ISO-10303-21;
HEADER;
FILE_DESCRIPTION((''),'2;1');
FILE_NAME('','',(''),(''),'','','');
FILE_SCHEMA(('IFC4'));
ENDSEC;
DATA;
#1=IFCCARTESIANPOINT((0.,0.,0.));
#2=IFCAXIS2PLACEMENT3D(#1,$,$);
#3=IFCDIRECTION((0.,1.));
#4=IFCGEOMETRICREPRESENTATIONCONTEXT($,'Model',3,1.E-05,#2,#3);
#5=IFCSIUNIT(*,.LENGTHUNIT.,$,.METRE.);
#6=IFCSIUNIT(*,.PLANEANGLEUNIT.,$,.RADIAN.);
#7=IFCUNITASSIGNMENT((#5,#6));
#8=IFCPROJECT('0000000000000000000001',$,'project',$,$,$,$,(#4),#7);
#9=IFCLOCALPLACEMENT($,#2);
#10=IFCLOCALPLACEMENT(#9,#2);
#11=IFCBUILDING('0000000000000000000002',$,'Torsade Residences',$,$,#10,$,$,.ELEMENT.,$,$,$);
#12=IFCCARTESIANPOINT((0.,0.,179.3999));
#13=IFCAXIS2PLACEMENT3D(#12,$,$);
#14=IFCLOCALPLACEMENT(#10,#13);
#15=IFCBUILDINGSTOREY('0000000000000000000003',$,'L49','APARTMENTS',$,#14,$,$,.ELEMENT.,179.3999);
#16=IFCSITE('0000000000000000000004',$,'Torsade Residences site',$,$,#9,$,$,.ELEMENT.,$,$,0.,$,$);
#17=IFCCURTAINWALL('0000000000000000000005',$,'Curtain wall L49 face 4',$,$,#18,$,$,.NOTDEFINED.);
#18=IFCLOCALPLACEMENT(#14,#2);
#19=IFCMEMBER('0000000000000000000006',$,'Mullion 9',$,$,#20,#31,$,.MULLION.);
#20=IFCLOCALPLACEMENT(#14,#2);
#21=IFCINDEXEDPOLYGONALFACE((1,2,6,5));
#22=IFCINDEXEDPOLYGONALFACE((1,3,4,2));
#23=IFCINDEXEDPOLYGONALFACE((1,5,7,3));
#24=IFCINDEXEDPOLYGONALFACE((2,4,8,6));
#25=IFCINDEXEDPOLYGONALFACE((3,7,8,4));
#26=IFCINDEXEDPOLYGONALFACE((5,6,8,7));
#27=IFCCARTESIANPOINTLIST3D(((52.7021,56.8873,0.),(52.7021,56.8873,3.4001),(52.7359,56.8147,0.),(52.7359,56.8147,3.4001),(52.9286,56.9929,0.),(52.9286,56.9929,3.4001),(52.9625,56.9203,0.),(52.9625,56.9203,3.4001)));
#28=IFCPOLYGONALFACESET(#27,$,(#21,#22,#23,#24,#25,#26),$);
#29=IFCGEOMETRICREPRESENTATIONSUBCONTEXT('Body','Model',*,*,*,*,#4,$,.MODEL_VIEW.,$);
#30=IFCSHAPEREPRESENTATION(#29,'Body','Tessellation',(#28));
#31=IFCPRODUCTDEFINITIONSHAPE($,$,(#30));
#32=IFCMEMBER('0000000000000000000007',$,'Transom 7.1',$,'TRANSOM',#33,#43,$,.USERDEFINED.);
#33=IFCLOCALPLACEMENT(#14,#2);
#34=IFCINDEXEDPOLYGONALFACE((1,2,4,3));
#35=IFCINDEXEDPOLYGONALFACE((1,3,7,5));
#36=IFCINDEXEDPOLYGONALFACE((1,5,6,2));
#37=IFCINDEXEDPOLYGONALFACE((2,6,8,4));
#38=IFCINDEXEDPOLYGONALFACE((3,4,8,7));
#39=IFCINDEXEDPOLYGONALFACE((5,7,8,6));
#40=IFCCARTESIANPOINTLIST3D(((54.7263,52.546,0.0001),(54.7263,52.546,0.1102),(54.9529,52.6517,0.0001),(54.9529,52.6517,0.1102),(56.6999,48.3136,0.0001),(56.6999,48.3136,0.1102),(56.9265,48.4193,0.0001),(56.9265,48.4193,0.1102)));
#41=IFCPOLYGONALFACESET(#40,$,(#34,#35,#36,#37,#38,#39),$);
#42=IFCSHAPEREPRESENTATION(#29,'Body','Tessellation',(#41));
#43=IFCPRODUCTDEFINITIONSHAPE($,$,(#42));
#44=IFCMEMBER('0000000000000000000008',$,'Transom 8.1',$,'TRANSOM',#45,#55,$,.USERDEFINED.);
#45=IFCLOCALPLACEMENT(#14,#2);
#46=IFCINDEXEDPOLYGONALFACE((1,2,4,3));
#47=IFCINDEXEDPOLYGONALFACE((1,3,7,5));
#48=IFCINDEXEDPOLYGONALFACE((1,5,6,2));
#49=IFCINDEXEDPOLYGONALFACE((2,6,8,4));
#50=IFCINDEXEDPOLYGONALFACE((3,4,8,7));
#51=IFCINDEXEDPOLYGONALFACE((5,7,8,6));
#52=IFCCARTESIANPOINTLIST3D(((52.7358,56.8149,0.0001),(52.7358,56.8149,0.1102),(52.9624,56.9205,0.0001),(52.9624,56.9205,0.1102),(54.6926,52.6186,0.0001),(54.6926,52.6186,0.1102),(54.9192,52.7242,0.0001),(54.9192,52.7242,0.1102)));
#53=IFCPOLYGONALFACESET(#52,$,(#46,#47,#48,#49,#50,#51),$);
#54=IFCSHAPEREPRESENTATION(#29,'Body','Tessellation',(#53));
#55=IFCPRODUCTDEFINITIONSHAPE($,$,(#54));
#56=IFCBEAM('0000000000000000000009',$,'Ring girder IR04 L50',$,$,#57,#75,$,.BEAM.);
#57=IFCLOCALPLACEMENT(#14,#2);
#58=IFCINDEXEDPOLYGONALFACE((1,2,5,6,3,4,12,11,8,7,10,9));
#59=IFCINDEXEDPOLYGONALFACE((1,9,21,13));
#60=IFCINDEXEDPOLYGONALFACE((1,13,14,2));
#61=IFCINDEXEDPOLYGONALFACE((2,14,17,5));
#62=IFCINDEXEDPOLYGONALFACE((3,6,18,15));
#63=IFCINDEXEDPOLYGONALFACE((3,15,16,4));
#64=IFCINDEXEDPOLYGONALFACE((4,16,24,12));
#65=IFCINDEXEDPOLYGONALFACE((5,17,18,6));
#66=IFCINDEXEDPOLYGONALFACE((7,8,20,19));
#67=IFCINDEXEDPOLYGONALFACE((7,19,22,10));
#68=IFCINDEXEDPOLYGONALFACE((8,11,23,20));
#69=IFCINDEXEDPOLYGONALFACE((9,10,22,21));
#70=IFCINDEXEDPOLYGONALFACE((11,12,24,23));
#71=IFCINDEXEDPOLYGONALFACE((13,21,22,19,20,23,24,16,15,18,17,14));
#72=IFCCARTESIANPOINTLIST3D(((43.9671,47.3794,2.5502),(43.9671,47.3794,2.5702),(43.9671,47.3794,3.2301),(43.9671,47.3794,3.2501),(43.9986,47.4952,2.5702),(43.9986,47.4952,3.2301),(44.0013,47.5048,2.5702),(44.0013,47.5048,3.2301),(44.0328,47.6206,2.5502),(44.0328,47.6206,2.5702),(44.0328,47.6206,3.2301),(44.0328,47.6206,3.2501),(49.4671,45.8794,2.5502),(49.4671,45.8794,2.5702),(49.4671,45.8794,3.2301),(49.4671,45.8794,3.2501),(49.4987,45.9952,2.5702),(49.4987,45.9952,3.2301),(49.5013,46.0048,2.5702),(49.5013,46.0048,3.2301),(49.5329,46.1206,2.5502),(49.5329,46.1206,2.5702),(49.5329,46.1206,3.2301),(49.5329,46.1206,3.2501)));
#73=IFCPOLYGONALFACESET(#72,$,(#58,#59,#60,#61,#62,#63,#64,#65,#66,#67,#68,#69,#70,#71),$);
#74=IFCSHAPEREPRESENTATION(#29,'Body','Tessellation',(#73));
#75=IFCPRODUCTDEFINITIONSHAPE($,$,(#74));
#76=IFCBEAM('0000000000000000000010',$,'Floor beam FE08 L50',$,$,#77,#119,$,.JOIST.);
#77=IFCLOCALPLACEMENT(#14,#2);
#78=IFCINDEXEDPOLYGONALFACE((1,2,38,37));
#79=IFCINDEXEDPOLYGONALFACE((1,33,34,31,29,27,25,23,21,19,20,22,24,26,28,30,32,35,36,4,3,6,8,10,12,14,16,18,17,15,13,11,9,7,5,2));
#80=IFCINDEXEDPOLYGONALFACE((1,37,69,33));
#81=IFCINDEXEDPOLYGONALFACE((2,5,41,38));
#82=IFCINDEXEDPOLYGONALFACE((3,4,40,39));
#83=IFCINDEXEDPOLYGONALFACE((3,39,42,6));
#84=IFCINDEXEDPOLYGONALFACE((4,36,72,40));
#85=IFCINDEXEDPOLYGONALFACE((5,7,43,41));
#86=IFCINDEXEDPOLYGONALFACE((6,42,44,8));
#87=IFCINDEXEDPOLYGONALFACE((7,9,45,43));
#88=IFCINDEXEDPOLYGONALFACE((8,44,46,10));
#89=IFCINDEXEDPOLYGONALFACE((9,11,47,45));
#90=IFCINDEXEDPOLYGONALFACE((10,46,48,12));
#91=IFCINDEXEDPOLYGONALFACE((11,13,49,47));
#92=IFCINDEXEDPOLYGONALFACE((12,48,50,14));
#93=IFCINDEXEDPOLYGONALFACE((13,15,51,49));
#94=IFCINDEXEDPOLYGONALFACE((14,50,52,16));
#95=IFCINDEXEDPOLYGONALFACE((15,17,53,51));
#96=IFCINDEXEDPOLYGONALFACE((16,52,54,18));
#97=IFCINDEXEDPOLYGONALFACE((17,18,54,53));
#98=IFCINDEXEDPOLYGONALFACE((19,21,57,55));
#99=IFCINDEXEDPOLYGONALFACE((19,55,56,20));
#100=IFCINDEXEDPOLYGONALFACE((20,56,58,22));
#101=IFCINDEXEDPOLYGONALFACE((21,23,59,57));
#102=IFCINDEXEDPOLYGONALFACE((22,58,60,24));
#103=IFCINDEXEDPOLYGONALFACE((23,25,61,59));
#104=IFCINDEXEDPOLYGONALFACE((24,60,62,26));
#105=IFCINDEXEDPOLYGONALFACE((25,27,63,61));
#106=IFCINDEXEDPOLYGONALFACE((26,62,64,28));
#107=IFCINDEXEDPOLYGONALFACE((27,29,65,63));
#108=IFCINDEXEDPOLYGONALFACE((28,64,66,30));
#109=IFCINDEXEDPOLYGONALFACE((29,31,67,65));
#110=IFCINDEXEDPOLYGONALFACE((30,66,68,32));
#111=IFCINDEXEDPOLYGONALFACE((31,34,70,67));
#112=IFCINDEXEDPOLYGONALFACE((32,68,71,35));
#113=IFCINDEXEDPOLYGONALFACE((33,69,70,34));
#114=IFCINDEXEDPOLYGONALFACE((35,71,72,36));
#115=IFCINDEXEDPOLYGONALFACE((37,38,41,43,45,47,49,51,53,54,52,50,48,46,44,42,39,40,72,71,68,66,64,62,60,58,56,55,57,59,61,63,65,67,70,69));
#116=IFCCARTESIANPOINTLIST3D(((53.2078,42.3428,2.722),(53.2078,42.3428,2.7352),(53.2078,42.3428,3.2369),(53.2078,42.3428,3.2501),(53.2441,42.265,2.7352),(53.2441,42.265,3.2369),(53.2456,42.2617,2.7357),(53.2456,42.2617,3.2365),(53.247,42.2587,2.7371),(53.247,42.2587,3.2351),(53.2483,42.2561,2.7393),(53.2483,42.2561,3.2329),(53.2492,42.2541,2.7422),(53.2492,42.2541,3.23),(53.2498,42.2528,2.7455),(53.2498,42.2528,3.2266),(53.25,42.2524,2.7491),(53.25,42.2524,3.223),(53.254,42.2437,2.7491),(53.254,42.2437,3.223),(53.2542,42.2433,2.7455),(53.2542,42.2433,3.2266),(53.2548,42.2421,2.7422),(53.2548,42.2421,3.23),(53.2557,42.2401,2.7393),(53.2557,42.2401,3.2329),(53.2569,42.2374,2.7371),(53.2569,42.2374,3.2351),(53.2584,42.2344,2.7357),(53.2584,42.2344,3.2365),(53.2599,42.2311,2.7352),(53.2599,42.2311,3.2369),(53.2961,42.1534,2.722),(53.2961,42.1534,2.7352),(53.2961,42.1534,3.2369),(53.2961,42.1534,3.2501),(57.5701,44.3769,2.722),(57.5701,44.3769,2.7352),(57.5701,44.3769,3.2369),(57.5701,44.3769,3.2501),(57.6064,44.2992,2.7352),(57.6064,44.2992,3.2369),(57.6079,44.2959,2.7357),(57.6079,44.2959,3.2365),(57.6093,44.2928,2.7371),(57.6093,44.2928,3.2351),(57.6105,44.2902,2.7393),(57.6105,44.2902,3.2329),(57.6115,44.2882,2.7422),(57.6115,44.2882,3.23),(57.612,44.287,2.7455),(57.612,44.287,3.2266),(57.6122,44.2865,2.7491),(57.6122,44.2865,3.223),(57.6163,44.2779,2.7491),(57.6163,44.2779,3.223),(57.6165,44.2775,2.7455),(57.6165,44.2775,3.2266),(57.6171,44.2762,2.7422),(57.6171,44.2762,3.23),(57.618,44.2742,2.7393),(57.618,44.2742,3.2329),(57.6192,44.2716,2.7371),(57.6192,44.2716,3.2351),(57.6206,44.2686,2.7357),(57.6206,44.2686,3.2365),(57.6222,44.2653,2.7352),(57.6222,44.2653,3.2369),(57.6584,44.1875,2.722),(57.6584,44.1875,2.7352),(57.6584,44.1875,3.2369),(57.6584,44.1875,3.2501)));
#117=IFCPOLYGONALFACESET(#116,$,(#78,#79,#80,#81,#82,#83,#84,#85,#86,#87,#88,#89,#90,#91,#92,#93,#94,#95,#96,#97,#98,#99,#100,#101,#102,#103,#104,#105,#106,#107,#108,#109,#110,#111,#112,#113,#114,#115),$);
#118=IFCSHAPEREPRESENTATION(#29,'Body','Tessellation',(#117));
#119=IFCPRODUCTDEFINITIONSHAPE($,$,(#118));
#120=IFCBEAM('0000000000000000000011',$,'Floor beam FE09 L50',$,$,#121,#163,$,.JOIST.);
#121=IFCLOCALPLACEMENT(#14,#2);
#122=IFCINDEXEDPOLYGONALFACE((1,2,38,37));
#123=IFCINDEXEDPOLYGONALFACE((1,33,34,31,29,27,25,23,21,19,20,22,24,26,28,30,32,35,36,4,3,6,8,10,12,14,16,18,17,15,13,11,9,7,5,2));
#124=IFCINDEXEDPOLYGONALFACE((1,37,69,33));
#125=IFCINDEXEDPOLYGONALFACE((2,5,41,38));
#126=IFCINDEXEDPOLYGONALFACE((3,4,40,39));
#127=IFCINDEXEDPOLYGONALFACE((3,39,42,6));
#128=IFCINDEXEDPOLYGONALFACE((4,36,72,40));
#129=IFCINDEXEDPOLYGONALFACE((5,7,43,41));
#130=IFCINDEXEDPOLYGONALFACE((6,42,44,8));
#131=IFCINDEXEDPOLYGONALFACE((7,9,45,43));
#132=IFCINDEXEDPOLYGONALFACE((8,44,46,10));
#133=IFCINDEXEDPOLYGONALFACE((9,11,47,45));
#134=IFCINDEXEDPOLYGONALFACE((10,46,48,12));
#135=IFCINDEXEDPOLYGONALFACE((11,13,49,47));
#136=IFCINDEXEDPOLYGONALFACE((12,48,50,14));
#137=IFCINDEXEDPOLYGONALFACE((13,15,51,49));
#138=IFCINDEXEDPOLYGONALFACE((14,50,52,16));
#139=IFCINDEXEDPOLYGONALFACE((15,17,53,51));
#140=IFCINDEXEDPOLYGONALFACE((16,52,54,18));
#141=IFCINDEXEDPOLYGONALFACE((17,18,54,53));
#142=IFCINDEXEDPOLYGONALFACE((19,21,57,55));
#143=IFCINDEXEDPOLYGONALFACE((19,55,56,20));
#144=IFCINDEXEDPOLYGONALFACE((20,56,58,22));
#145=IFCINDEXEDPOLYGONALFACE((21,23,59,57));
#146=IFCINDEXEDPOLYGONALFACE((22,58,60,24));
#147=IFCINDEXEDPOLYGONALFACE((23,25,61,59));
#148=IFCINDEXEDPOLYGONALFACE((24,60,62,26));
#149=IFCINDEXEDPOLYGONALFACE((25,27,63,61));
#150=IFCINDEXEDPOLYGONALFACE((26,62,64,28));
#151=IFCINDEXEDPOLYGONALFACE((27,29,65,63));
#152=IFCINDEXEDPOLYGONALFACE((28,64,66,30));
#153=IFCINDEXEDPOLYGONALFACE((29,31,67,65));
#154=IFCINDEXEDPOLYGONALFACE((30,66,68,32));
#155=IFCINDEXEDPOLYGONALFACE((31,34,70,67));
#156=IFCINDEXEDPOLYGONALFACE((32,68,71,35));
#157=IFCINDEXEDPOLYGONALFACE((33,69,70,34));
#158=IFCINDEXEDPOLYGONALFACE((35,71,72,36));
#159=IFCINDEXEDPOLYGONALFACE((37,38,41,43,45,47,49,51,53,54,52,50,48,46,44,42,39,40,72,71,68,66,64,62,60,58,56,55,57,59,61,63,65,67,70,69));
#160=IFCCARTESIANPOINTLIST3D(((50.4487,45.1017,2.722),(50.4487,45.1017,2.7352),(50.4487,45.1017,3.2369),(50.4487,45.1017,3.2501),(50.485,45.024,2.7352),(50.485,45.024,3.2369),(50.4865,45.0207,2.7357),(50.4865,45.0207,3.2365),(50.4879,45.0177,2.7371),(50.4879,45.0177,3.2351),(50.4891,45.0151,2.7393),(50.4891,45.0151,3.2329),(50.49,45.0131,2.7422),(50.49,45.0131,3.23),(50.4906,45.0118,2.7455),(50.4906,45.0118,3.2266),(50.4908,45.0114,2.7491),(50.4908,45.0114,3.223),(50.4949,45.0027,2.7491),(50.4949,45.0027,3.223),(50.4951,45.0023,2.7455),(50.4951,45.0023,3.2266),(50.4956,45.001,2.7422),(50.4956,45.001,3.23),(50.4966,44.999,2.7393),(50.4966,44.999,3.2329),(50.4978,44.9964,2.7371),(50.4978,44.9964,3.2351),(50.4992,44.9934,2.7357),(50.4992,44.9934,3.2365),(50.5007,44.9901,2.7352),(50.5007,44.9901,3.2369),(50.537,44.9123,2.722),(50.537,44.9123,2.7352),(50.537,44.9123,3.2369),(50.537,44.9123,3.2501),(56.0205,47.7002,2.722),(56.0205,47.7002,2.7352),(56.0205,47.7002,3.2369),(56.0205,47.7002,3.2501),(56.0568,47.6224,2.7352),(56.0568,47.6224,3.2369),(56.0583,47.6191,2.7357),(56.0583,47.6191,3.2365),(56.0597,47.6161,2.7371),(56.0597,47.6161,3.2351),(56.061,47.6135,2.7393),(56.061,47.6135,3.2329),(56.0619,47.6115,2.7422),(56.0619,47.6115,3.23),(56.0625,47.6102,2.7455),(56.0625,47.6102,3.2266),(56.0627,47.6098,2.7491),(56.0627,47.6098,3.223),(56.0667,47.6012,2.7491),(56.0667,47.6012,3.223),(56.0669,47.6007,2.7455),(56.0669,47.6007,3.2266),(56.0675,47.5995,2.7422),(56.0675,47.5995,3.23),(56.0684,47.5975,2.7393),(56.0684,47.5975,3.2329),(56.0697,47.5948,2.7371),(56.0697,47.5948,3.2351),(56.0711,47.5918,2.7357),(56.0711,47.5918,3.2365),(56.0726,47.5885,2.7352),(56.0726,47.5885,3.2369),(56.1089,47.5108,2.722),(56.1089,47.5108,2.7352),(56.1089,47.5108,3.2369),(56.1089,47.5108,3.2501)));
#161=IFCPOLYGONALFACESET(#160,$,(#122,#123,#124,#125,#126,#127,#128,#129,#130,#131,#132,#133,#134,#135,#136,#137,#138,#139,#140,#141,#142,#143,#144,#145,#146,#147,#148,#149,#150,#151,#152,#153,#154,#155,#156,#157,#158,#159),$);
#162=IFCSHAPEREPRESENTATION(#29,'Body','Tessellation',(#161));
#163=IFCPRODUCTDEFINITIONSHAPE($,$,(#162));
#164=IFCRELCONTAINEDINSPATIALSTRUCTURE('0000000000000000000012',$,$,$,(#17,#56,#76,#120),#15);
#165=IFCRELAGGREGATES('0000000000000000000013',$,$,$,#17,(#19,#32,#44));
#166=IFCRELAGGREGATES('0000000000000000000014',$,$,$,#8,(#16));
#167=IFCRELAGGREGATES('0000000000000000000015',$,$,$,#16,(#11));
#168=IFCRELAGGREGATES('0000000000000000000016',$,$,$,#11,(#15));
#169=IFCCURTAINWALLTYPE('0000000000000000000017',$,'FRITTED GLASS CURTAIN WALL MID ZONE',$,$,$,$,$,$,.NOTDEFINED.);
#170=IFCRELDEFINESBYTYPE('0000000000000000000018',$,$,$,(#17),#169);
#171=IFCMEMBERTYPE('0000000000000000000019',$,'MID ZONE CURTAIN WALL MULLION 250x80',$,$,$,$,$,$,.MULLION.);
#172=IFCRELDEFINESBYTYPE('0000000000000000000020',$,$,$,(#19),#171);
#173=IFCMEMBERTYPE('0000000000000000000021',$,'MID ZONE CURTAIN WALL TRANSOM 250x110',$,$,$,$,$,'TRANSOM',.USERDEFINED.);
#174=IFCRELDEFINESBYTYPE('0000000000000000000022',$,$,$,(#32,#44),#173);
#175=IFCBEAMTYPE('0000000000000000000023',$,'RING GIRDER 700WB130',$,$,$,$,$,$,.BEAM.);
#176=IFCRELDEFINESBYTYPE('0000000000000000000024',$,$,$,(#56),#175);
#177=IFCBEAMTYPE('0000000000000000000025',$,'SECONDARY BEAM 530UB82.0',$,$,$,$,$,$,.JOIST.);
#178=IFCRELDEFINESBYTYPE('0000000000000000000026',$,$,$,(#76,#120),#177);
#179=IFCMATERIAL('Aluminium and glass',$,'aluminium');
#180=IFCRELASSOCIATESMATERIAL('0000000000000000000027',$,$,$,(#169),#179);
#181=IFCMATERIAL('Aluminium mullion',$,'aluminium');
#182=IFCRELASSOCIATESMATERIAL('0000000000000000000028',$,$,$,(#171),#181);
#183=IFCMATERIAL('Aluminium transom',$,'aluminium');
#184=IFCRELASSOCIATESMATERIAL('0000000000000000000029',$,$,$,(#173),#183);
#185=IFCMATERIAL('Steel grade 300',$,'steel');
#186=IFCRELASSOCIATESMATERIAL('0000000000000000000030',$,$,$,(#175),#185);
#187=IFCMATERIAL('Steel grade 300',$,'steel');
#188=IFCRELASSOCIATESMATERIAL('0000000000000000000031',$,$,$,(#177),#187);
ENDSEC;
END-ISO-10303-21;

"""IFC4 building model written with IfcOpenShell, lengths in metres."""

from ifc_helpers import new_model, si_unit, direction, frame, origin, origin_2d, place, context, subcontext, project, spatial, rectangle, i_section, extrude, material, material_profile, profile_set, type_object, element, aggregate, save


model = new_model("IFC4")

# Units and contexts
model_context = context("Model", 3, precision=1e-05, world=origin(), true_north=direction((0.0, 1.0)))
body_context = subcontext(model_context, "Body", "Model", "MODEL_VIEW")
ifc_project = project(units=[si_unit("LENGTHUNIT", "METRE"), si_unit("PLANEANGLEUNIT", "RADIAN")], contexts=[model_context])

# Site, building, storey
site_placement = place(None, origin())
site = spatial("IfcSite", under=ifc_project, at=site_placement, Name="Torsade Residences site", CompositionType="ELEMENT", RefElevation=0.0)
building_placement = place(site_placement, origin())
building = spatial("IfcBuilding", under=site, at=building_placement, Name="Torsade Residences", CompositionType="ELEMENT")
storey_placement = place(building_placement, frame((0.0, 0.0, 179.3999)))
storey = spatial("IfcBuildingStorey", under=building, at=storey_placement, Name="L49", Description="APARTMENTS", CompositionType="ELEMENT", Elevation=179.3999)

# Curtain wall, members
ifc_material_1 = material(Name="Aluminium and glass", Category="aluminium")
curtain_wall_type = type_object("IfcCurtainWallType", Name="FRITTED GLASS CURTAIN WALL MID ZONE", PredefinedType="NOTDEFINED", material=ifc_material_1)
curtain_wall_placement = place(storey_placement, origin())
curtain_wall = element("IfcCurtainWall", 1, at=curtain_wall_placement, inside=storey, type_object=curtain_wall_type, Name="Curtain wall L49 face 4", PredefinedType="NOTDEFINED")
ifc_material_2 = material(Name="Aluminium mullion", Category="aluminium")
ifc_material_profile_1 = material_profile(ifc_material_2, rectangle(XDim=0.25, YDim=0.0801, at=origin_2d()), Name="MID ZONE CURTAIN WALL MULLION 250x80")
ifc_profile_set_1 = profile_set([ifc_material_profile_1], Name="Aluminium mullion")
member_type_1 = type_object("IfcMemberType", Name="MID ZONE CURTAIN WALL MULLION 250x80", PredefinedType="MULLION", material=ifc_profile_set_1)
member_1_placement = place(storey_placement, frame((52.8323, 56.9038, 0.0), z_axis=(0.0, 0.0, 1.0), x_axis=(-0.906308, -0.422618, 0.0)))
member_1 = element("IfcMember", 2, at=member_1_placement, type_object=member_type_1, Name="Mullion 9", PredefinedType="MULLION", context=body_context, shape_type="SweptSolid", body=[
    extrude(rectangle(XDim=0.25, YDim=0.0801, at=origin_2d()), origin(), (0.0, 0.0, 1.0), 3.4001),
])
ifc_material_3 = material(Name="Aluminium transom", Category="aluminium")
ifc_material_profile_2 = material_profile(ifc_material_3, rectangle(XDim=0.25, YDim=0.1101, at=origin_2d()), Name="MID ZONE CURTAIN WALL TRANSOM 250x110")
ifc_profile_set_2 = profile_set([ifc_material_profile_2], Name="Aluminium transom")
member_type_2 = type_object("IfcMemberType", Name="MID ZONE CURTAIN WALL TRANSOM 250x110", ElementType="TRANSOM", PredefinedType="USERDEFINED", material=ifc_profile_set_2)
member_2_placement = place(storey_placement, frame((56.8132, 48.3665, 0.0552), z_axis=(-0.422622, 0.906306, 0.0), x_axis=(-0.906306, -0.422622, 0.0)))
member_2 = element("IfcMember", 3, at=member_2_placement, type_object=member_type_2, Name="Transom 7.1", ObjectType="TRANSOM", PredefinedType="USERDEFINED", context=body_context, shape_type="SweptSolid", body=[
    extrude(rectangle(XDim=0.25, YDim=0.1101, at=origin_2d()), origin(), (0.0, 0.0, 1.0), 4.6699),
])
member_3_placement = place(storey_placement, frame((54.8059, 52.6714, 0.0552), z_axis=(-0.422623, 0.906306, 0.0), x_axis=(-0.906306, -0.422623, 0.0)))
member_3 = element("IfcMember", 4, at=member_3_placement, type_object=member_type_2, Name="Transom 8.1", ObjectType="TRANSOM", PredefinedType="USERDEFINED", context=body_context, shape_type="SweptSolid", body=[
    extrude(rectangle(XDim=0.25, YDim=0.1101, at=origin_2d()), origin(), (0.0, 0.0, 1.0), 4.6301),
])

# Beams
ifc_material_4 = material(Name="Steel grade 300", Category="steel")
ifc_material_profile_3 = material_profile(ifc_material_4, i_section(OverallWidth=0.25, OverallDepth=0.7, WebThickness=0.01, FlangeThickness=0.02, at=origin_2d()), Name="700WB130")
ifc_profile_set_3 = profile_set([ifc_material_profile_3], Name="Steel grade 300")
beam_type_1 = type_object("IfcBeamType", Name="RING GIRDER 700WB130", PredefinedType="BEAM", material=ifc_profile_set_3)
beam_1_placement = place(storey_placement, frame((49.5, 46.0, 2.9001), z_axis=(-0.964764, 0.263117, 0.0), x_axis=(-0.263117, -0.964764, 0.0)))
element("IfcBeam", 5, at=beam_1_placement, inside=storey, type_object=beam_type_1, Name="Ring girder IR04 L50", PredefinedType="BEAM", context=body_context, shape_type="SweptSolid", body=[
    extrude(i_section(OverallWidth=0.25, OverallDepth=0.7, WebThickness=0.01, FlangeThickness=0.02, at=origin_2d()), origin(), (0.0, 0.0, 1.0), 5.7009),
])
ifc_material_5 = material(Name="Steel grade 300", Category="steel")
ifc_material_profile_4 = material_profile(ifc_material_5, i_section(OverallWidth=0.209, OverallDepth=0.5281, WebThickness=0.0095, FlangeThickness=0.0132, FilletRadius=0.0139, at=origin_2d()), Name="530UB82.0")
ifc_profile_set_4 = profile_set([ifc_material_profile_4], Name="Steel grade 300")
beam_type_2 = type_object("IfcBeamType", Name="SECONDARY BEAM 530UB82.0", PredefinedType="JOIST", material=ifc_profile_set_4)
beam_2_placement = place(storey_placement, frame((57.6143, 44.2822, 2.9861), z_axis=(-0.906308, -0.422619, 0.0), x_axis=(0.422619, -0.906308, 0.0)))
element("IfcBeam", 6, at=beam_2_placement, inside=storey, type_object=beam_type_2, Name="Floor beam FE08 L50", PredefinedType="JOIST", context=body_context, shape_type="SweptSolid", body=[
    extrude(i_section(OverallWidth=0.209, OverallDepth=0.5281, WebThickness=0.0095, FlangeThickness=0.0132, FilletRadius=0.0139, at=origin_2d()), origin(), (0.0, 0.0, 1.0), 4.8132),
])
beam_3_placement = place(storey_placement, frame((56.0647, 47.6055, 2.9861), z_axis=(-0.906294, -0.422648, 0.0), x_axis=(0.422648, -0.906294, 0.0)))
element("IfcBeam", 7, at=beam_3_placement, inside=storey, type_object=beam_type_2, Name="Floor beam FE09 L50", PredefinedType="JOIST", context=body_context, shape_type="SweptSolid", body=[
    extrude(i_section(OverallWidth=0.209, OverallDepth=0.5281, WebThickness=0.0095, FlangeThickness=0.0132, FilletRadius=0.0139, at=origin_2d()), origin(), (0.0, 0.0, 1.0), 6.1479),
])

aggregate(curtain_wall, [member_1, member_2, member_3])

save(model, "model.ifc")
